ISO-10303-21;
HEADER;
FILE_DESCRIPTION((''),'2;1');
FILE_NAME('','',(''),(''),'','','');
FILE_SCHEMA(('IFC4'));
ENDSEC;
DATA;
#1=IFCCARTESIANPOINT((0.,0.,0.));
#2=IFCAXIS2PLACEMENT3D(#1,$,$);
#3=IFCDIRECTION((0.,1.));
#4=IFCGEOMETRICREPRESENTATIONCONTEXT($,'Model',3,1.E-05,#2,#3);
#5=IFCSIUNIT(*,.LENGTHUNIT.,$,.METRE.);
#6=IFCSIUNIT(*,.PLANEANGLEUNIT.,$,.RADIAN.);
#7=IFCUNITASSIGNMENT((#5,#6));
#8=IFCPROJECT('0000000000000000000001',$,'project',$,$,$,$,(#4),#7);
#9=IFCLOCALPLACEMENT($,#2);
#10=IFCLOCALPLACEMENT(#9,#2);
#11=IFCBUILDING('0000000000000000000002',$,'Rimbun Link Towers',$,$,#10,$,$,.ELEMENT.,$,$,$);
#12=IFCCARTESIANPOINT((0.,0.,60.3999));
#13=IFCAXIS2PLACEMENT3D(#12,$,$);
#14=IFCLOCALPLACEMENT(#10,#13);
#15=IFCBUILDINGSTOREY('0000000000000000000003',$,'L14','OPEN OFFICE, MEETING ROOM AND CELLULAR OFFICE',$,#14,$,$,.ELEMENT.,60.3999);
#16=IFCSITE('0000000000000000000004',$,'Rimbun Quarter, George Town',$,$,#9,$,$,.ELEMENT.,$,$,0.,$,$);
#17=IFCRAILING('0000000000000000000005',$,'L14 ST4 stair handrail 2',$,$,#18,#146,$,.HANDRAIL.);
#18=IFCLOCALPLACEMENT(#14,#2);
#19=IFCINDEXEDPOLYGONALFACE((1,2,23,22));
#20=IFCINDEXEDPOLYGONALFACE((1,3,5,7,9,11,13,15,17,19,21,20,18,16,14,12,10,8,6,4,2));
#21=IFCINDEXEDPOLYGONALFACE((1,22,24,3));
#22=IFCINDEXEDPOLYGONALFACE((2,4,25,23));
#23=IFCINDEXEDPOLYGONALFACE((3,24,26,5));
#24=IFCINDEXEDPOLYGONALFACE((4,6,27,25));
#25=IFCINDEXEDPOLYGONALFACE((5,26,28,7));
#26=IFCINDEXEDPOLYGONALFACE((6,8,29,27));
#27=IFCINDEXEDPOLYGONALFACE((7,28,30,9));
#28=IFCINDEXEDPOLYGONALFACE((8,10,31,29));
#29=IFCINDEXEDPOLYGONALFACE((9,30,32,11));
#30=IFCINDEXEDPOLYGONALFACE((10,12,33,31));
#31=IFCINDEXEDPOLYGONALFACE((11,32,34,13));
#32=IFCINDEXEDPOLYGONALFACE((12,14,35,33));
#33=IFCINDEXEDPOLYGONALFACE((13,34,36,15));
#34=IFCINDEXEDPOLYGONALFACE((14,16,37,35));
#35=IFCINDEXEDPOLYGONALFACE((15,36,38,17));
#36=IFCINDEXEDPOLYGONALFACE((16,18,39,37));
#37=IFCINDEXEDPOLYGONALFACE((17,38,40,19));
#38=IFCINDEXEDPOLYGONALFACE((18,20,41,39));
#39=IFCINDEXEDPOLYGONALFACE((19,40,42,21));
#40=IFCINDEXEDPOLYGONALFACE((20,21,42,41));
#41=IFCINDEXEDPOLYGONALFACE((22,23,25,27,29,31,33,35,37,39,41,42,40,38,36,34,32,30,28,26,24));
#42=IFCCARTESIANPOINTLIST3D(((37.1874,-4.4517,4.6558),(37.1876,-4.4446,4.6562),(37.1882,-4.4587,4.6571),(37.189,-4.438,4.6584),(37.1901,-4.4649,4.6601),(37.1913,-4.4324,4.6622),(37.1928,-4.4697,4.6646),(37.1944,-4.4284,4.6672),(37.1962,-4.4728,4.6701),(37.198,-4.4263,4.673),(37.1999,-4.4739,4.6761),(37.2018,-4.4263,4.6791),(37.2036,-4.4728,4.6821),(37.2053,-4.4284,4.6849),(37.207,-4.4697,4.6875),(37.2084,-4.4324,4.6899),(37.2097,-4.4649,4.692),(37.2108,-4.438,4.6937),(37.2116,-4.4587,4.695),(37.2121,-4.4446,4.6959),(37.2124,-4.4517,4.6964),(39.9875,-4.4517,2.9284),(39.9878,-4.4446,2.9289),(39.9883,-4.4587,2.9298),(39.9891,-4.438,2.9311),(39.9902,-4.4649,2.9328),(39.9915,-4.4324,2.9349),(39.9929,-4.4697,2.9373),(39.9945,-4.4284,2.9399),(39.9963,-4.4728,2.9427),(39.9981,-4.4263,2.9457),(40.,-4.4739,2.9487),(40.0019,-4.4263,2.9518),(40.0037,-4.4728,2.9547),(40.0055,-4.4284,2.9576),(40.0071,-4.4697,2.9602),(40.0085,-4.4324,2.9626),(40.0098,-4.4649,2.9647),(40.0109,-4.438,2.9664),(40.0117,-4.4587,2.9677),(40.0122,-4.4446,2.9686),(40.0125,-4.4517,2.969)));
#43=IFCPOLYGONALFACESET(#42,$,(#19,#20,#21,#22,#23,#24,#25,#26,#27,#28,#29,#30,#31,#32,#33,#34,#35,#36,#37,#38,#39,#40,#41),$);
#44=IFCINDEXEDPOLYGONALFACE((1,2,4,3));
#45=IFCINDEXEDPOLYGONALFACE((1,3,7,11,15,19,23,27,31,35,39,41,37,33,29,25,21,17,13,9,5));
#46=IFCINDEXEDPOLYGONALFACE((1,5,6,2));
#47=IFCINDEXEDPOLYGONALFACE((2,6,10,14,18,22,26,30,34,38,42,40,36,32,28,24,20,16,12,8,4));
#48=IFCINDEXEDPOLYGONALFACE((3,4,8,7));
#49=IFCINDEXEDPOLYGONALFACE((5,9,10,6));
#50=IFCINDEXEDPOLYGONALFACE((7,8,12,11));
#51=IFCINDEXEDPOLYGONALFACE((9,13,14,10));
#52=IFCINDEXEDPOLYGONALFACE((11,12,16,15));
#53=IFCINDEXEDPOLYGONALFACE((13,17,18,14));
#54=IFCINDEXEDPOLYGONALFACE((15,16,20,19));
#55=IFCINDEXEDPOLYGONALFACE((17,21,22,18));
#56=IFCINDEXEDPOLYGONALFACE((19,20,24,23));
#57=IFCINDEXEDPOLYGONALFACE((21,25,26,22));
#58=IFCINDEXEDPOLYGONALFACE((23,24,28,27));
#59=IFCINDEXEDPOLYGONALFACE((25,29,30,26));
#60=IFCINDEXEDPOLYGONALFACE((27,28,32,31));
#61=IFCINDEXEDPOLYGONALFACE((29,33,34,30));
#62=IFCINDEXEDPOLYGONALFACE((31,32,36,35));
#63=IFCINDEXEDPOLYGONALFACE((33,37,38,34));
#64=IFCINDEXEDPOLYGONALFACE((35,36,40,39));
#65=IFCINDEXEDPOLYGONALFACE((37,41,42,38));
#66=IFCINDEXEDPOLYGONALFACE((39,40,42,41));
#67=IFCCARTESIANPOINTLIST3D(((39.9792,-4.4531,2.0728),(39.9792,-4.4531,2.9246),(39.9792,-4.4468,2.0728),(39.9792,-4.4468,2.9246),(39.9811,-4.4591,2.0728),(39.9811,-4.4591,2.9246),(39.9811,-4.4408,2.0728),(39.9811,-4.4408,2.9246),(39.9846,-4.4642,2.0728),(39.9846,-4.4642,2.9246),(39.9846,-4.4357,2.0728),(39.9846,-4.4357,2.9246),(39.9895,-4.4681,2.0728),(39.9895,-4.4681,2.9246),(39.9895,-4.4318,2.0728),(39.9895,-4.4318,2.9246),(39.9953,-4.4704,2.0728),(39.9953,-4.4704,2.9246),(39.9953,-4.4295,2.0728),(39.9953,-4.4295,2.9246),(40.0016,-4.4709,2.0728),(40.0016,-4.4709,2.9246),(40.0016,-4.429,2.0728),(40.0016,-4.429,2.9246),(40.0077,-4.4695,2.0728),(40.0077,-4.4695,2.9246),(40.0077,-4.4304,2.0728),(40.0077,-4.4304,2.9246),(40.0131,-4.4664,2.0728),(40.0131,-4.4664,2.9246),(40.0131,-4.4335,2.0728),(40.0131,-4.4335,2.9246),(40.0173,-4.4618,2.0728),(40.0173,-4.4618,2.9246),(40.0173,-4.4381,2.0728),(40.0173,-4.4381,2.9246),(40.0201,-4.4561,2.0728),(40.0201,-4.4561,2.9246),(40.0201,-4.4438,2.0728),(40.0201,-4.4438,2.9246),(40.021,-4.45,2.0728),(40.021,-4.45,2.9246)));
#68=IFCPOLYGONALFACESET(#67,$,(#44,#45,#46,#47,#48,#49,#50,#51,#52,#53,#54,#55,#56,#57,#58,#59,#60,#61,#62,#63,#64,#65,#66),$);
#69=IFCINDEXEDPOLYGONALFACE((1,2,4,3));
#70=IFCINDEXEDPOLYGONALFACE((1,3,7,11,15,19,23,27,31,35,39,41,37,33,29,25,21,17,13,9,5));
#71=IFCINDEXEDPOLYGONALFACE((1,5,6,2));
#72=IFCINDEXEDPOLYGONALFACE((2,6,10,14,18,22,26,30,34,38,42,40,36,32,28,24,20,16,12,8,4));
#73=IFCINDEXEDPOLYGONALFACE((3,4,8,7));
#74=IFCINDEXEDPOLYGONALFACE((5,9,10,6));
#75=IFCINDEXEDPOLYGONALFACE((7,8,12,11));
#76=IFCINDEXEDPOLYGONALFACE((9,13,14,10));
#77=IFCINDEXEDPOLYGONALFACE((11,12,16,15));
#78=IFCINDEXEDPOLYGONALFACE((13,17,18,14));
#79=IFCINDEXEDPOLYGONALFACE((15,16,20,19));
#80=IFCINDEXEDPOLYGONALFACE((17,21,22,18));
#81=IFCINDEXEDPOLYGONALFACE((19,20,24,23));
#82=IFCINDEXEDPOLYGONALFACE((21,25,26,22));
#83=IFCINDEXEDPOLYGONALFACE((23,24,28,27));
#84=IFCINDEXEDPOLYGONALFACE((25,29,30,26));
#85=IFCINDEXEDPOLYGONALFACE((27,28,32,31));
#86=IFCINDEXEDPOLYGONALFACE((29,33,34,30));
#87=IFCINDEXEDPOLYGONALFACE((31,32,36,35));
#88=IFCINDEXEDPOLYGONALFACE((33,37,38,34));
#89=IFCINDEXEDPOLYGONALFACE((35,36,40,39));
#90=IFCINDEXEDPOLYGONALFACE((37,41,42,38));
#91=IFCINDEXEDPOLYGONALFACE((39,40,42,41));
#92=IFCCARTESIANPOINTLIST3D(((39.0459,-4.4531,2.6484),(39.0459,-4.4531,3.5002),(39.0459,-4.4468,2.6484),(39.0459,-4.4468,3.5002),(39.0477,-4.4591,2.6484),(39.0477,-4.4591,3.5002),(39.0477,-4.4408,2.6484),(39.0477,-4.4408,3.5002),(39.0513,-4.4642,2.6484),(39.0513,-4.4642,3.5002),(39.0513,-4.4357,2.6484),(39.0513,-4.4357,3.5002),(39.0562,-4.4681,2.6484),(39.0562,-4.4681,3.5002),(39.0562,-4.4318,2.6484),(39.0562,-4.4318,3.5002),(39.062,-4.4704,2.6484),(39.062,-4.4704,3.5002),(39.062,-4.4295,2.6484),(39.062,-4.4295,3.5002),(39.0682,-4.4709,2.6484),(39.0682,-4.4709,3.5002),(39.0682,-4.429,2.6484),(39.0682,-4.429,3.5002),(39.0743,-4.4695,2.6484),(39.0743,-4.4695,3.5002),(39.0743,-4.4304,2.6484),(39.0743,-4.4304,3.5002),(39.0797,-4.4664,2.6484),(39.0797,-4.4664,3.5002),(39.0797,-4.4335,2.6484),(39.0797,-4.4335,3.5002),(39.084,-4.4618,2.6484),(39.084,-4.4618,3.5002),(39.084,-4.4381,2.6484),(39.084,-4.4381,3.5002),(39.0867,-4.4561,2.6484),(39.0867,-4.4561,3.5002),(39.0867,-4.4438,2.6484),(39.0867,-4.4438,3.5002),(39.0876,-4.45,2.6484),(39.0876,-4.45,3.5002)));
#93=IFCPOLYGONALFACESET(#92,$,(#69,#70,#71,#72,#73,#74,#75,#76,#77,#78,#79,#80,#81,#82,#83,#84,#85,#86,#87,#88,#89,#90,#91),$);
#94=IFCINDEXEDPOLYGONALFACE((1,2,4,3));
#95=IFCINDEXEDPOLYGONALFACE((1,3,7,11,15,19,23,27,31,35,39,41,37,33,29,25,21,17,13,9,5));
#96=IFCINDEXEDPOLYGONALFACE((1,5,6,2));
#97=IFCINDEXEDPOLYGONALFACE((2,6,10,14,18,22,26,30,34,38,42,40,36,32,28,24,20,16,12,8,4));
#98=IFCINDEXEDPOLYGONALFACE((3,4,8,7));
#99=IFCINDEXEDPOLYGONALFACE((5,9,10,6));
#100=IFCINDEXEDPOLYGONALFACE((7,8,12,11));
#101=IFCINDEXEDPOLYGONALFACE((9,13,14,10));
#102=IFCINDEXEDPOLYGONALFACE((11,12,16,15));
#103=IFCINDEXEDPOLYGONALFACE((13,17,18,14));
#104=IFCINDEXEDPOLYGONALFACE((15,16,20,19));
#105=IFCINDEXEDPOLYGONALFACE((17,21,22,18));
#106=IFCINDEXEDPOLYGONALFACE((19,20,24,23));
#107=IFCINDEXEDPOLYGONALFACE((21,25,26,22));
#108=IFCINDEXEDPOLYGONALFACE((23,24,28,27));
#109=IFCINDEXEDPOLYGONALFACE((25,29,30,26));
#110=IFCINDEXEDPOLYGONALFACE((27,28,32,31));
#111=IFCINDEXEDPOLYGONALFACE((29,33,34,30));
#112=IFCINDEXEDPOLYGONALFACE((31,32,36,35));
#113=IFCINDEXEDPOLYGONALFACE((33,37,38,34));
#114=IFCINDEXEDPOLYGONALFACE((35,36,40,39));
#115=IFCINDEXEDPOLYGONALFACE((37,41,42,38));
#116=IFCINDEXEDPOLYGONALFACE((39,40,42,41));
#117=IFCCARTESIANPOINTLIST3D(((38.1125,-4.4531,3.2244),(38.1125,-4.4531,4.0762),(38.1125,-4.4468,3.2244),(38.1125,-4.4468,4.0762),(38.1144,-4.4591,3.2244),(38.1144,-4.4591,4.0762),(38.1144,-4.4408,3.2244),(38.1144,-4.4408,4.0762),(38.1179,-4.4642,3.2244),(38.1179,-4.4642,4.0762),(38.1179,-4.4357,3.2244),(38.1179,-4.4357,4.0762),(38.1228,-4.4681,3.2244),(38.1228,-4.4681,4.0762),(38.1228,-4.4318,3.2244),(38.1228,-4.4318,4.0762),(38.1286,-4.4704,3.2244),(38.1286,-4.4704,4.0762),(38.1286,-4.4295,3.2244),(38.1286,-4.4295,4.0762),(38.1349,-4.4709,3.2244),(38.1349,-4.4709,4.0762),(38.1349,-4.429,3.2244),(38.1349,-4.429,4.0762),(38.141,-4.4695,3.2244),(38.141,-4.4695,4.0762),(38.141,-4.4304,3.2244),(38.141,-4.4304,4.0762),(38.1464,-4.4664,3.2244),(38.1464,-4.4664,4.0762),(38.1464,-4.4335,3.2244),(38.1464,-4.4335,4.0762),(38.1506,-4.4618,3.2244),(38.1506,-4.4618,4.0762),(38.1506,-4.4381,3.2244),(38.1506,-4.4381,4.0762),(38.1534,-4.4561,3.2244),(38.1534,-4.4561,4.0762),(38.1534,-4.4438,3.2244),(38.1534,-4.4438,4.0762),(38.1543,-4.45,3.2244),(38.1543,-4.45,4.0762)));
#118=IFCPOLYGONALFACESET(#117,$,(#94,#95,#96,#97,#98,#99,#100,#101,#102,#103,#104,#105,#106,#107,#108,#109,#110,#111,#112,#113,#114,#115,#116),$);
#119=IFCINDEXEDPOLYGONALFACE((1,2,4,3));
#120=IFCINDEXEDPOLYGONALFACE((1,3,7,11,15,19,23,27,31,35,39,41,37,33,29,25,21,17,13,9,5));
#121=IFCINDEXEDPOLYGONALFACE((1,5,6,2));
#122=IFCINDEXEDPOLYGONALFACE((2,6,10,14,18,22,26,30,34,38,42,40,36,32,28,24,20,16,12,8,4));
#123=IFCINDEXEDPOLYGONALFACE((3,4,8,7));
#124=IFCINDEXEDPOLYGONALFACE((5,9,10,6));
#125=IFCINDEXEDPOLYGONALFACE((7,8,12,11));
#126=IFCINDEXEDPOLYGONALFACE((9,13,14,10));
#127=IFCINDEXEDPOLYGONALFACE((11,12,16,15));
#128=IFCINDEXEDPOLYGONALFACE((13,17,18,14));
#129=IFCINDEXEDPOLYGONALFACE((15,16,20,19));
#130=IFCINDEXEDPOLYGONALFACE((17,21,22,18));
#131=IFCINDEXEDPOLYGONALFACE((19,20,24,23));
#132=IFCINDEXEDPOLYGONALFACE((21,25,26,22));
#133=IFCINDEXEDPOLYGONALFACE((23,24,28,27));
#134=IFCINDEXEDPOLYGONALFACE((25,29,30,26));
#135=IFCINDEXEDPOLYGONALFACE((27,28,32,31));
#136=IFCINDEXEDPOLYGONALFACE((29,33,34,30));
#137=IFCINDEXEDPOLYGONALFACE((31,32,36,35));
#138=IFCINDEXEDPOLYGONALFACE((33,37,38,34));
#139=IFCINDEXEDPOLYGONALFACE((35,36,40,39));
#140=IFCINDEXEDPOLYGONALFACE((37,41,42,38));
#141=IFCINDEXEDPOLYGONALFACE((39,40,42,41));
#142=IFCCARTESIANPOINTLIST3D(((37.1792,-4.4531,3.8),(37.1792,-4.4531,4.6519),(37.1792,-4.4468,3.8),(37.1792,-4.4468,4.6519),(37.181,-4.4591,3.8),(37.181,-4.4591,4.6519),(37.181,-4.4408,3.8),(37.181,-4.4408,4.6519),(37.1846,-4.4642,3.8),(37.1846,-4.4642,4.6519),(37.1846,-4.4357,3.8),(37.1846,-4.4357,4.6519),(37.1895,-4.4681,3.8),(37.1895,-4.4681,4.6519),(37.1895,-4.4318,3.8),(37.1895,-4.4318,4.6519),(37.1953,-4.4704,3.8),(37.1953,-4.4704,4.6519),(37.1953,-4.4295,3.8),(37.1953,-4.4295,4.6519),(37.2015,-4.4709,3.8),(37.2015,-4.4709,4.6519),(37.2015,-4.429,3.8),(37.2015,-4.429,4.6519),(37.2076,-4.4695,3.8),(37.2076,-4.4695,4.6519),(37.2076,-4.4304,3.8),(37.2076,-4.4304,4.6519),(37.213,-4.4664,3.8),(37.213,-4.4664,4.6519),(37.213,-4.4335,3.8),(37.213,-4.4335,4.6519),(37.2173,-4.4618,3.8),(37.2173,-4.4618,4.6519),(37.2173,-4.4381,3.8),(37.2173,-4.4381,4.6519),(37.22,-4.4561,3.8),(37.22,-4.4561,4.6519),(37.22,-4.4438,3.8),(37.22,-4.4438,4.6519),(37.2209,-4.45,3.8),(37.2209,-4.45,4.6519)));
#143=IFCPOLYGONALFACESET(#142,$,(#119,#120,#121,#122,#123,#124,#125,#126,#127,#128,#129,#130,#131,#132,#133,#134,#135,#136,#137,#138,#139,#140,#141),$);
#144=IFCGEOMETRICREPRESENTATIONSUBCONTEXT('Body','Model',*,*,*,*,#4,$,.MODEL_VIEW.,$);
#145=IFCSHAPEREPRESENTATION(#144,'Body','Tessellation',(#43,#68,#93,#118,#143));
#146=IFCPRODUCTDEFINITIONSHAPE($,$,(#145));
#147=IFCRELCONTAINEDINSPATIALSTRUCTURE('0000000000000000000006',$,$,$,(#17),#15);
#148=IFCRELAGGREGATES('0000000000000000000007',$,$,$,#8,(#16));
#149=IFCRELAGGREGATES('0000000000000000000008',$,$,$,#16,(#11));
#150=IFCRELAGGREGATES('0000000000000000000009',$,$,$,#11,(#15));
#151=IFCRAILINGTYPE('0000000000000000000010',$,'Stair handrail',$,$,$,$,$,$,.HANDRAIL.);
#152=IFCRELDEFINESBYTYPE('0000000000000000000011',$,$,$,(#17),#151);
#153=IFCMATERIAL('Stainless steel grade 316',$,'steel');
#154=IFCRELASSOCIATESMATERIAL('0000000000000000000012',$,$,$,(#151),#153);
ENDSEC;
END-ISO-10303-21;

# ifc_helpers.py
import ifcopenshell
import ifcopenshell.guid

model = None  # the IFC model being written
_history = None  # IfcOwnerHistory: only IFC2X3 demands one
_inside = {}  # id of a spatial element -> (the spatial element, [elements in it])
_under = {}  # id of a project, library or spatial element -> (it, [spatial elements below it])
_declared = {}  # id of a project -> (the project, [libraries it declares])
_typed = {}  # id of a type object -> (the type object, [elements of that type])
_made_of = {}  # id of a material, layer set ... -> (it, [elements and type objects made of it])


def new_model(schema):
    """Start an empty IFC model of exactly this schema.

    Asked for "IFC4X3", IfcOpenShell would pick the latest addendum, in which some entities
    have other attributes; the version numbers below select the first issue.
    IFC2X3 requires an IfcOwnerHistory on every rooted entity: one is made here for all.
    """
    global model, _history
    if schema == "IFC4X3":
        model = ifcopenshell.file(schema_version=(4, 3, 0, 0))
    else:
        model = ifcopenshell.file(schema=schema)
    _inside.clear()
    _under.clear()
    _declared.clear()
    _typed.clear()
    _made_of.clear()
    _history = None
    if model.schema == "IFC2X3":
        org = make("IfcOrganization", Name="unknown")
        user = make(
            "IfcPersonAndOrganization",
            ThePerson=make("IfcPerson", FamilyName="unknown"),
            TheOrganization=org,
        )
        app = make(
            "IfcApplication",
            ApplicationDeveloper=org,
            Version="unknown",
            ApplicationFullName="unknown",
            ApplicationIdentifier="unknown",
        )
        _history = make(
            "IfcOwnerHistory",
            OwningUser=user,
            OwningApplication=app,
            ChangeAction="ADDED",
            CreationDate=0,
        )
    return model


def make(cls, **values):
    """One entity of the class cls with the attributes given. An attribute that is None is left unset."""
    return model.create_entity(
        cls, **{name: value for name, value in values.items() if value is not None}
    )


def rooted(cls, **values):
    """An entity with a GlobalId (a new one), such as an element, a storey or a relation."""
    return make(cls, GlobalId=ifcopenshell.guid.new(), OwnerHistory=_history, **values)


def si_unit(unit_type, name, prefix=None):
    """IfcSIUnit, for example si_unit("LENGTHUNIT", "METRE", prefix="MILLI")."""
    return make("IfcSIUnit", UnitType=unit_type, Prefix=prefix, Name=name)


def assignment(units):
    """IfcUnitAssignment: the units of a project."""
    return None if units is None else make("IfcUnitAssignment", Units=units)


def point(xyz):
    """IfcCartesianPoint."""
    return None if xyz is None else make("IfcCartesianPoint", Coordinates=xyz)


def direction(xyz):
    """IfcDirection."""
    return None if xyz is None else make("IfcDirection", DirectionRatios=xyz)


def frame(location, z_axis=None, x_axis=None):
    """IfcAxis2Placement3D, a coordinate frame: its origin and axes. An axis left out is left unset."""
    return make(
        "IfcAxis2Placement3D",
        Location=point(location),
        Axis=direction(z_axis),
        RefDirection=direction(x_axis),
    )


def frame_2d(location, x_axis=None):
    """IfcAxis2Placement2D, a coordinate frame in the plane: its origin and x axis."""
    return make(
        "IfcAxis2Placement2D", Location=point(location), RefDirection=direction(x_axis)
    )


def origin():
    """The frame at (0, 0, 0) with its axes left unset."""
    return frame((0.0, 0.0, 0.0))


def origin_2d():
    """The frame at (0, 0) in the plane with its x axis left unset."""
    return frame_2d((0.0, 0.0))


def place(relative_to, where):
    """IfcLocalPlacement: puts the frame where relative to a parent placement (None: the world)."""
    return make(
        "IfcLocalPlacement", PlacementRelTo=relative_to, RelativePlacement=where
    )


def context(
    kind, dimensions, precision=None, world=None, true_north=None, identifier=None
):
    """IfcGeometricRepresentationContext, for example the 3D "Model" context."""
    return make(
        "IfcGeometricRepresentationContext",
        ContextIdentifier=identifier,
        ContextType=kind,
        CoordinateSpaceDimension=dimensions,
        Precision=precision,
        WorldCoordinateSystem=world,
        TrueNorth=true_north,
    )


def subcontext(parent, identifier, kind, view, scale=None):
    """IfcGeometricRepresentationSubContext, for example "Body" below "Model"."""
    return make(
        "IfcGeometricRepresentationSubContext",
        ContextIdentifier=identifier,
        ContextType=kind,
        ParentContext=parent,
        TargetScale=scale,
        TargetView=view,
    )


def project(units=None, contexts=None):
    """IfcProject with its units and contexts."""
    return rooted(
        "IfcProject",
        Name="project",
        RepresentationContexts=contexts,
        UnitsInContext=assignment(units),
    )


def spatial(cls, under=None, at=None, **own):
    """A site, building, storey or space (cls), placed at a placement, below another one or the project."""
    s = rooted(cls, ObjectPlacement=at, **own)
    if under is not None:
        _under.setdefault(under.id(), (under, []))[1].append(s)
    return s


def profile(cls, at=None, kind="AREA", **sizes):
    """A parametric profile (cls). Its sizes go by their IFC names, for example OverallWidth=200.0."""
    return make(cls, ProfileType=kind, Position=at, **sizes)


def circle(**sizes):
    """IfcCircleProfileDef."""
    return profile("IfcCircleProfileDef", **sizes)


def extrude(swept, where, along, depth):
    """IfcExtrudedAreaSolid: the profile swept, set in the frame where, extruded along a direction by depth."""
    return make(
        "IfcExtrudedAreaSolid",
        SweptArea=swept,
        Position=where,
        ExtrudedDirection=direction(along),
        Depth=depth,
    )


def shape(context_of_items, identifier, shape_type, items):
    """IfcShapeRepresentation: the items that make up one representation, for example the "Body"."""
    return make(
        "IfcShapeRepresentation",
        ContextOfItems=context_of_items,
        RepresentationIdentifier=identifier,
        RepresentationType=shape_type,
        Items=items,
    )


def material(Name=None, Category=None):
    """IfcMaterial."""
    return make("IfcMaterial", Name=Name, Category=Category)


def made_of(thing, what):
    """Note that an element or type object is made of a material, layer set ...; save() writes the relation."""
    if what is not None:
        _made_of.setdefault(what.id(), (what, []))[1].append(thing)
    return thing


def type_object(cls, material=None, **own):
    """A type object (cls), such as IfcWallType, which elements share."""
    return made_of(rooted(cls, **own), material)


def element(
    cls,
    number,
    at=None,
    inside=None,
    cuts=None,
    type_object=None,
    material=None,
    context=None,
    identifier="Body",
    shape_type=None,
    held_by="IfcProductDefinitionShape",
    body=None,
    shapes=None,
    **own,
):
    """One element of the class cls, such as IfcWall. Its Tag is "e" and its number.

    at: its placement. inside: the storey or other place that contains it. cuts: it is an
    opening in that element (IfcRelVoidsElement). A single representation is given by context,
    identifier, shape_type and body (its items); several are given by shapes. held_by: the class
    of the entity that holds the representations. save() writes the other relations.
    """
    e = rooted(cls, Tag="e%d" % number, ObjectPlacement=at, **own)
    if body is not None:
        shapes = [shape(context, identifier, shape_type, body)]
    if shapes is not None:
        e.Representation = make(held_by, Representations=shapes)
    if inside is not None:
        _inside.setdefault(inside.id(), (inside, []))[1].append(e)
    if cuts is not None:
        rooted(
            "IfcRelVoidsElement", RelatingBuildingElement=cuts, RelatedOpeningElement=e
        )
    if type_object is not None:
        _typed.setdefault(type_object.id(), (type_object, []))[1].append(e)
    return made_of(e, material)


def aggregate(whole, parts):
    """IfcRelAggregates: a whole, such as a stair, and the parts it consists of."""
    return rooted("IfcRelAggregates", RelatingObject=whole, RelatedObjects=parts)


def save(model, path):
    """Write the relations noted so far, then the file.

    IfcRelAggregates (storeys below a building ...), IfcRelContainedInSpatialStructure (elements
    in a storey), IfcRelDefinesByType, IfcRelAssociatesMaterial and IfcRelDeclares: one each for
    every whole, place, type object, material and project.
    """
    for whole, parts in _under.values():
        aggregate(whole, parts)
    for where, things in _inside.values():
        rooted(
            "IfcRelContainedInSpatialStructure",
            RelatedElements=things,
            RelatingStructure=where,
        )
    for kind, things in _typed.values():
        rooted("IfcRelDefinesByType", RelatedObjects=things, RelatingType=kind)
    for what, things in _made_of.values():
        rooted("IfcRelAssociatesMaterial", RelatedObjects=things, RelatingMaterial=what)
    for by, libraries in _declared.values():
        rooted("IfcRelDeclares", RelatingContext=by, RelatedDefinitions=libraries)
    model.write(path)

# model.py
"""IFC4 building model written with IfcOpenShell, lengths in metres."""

from ifc_helpers import new_model, si_unit, direction, frame, origin, origin_2d, place, context, subcontext, project, spatial, circle, extrude, material, type_object, element, save


model = new_model("IFC4")

# Units and contexts
model_context = context("Model", 3, precision=1e-05, world=origin(), true_north=direction((0.0, 1.0)))
body_context = subcontext(model_context, "Body", "Model", "MODEL_VIEW")
ifc_project = project(units=[si_unit("LENGTHUNIT", "METRE"), si_unit("PLANEANGLEUNIT", "RADIAN")], contexts=[model_context])

# Site, building, storey
site_placement = place(None, origin())
site = spatial("IfcSite", under=ifc_project, at=site_placement, Name="Rimbun Quarter, George Town", CompositionType="ELEMENT", RefElevation=0.0)
building_placement = place(site_placement, origin())
building = spatial("IfcBuilding", under=site, at=building_placement, Name="Rimbun Link Towers", CompositionType="ELEMENT")
storey_placement = place(building_placement, frame((0.0, 0.0, 60.3999)))
storey = spatial("IfcBuildingStorey", under=building, at=storey_placement, Name="L14", Description="OPEN OFFICE, MEETING ROOM AND CELLULAR OFFICE", CompositionType="ELEMENT", Elevation=60.3999)

# Railing
ifc_material_1 = material(Name="Stainless steel grade 316", Category="steel")
railing_type_1 = type_object("IfcRailingType", Name="Stair handrail", PredefinedType="HANDRAIL", material=ifc_material_1)
railing_1_placement = place(storey_placement, frame((40.0, -4.45, 2.0728)))
element("IfcRailing", 1, at=railing_1_placement, inside=storey, type_object=railing_type_1, Name="L14 ST4 stair handrail 2", PredefinedType="HANDRAIL", context=body_context, shape_type="SweptSolid", body=[
    extrude(circle(Radius=0.0239, at=origin_2d()), frame((0.0, 0.0, 0.876), z_axis=(-0.85109, 0.0, 0.52502), x_axis=(0.0, -1.0, 0.0)), (0.0, 0.0, 1.0), 3.29),
    extrude(circle(Radius=0.021, at=origin_2d()), origin(), (0.0, 0.0, 1.0), 0.8518),
    extrude(circle(Radius=0.021, at=origin_2d()), frame((-0.9333, 0.0, 0.5757)), (0.0, 0.0, 1.0), 0.8518),
    extrude(circle(Radius=0.021, at=origin_2d()), frame((-1.8667, 0.0, 1.1516)), (0.0, 0.0, 1.0), 0.8518),
    extrude(circle(Radius=0.021, at=origin_2d()), frame((-2.8, 0.0, 1.7273)), (0.0, 0.0, 1.0), 0.8518),
])

save(model, "model.ifc")
